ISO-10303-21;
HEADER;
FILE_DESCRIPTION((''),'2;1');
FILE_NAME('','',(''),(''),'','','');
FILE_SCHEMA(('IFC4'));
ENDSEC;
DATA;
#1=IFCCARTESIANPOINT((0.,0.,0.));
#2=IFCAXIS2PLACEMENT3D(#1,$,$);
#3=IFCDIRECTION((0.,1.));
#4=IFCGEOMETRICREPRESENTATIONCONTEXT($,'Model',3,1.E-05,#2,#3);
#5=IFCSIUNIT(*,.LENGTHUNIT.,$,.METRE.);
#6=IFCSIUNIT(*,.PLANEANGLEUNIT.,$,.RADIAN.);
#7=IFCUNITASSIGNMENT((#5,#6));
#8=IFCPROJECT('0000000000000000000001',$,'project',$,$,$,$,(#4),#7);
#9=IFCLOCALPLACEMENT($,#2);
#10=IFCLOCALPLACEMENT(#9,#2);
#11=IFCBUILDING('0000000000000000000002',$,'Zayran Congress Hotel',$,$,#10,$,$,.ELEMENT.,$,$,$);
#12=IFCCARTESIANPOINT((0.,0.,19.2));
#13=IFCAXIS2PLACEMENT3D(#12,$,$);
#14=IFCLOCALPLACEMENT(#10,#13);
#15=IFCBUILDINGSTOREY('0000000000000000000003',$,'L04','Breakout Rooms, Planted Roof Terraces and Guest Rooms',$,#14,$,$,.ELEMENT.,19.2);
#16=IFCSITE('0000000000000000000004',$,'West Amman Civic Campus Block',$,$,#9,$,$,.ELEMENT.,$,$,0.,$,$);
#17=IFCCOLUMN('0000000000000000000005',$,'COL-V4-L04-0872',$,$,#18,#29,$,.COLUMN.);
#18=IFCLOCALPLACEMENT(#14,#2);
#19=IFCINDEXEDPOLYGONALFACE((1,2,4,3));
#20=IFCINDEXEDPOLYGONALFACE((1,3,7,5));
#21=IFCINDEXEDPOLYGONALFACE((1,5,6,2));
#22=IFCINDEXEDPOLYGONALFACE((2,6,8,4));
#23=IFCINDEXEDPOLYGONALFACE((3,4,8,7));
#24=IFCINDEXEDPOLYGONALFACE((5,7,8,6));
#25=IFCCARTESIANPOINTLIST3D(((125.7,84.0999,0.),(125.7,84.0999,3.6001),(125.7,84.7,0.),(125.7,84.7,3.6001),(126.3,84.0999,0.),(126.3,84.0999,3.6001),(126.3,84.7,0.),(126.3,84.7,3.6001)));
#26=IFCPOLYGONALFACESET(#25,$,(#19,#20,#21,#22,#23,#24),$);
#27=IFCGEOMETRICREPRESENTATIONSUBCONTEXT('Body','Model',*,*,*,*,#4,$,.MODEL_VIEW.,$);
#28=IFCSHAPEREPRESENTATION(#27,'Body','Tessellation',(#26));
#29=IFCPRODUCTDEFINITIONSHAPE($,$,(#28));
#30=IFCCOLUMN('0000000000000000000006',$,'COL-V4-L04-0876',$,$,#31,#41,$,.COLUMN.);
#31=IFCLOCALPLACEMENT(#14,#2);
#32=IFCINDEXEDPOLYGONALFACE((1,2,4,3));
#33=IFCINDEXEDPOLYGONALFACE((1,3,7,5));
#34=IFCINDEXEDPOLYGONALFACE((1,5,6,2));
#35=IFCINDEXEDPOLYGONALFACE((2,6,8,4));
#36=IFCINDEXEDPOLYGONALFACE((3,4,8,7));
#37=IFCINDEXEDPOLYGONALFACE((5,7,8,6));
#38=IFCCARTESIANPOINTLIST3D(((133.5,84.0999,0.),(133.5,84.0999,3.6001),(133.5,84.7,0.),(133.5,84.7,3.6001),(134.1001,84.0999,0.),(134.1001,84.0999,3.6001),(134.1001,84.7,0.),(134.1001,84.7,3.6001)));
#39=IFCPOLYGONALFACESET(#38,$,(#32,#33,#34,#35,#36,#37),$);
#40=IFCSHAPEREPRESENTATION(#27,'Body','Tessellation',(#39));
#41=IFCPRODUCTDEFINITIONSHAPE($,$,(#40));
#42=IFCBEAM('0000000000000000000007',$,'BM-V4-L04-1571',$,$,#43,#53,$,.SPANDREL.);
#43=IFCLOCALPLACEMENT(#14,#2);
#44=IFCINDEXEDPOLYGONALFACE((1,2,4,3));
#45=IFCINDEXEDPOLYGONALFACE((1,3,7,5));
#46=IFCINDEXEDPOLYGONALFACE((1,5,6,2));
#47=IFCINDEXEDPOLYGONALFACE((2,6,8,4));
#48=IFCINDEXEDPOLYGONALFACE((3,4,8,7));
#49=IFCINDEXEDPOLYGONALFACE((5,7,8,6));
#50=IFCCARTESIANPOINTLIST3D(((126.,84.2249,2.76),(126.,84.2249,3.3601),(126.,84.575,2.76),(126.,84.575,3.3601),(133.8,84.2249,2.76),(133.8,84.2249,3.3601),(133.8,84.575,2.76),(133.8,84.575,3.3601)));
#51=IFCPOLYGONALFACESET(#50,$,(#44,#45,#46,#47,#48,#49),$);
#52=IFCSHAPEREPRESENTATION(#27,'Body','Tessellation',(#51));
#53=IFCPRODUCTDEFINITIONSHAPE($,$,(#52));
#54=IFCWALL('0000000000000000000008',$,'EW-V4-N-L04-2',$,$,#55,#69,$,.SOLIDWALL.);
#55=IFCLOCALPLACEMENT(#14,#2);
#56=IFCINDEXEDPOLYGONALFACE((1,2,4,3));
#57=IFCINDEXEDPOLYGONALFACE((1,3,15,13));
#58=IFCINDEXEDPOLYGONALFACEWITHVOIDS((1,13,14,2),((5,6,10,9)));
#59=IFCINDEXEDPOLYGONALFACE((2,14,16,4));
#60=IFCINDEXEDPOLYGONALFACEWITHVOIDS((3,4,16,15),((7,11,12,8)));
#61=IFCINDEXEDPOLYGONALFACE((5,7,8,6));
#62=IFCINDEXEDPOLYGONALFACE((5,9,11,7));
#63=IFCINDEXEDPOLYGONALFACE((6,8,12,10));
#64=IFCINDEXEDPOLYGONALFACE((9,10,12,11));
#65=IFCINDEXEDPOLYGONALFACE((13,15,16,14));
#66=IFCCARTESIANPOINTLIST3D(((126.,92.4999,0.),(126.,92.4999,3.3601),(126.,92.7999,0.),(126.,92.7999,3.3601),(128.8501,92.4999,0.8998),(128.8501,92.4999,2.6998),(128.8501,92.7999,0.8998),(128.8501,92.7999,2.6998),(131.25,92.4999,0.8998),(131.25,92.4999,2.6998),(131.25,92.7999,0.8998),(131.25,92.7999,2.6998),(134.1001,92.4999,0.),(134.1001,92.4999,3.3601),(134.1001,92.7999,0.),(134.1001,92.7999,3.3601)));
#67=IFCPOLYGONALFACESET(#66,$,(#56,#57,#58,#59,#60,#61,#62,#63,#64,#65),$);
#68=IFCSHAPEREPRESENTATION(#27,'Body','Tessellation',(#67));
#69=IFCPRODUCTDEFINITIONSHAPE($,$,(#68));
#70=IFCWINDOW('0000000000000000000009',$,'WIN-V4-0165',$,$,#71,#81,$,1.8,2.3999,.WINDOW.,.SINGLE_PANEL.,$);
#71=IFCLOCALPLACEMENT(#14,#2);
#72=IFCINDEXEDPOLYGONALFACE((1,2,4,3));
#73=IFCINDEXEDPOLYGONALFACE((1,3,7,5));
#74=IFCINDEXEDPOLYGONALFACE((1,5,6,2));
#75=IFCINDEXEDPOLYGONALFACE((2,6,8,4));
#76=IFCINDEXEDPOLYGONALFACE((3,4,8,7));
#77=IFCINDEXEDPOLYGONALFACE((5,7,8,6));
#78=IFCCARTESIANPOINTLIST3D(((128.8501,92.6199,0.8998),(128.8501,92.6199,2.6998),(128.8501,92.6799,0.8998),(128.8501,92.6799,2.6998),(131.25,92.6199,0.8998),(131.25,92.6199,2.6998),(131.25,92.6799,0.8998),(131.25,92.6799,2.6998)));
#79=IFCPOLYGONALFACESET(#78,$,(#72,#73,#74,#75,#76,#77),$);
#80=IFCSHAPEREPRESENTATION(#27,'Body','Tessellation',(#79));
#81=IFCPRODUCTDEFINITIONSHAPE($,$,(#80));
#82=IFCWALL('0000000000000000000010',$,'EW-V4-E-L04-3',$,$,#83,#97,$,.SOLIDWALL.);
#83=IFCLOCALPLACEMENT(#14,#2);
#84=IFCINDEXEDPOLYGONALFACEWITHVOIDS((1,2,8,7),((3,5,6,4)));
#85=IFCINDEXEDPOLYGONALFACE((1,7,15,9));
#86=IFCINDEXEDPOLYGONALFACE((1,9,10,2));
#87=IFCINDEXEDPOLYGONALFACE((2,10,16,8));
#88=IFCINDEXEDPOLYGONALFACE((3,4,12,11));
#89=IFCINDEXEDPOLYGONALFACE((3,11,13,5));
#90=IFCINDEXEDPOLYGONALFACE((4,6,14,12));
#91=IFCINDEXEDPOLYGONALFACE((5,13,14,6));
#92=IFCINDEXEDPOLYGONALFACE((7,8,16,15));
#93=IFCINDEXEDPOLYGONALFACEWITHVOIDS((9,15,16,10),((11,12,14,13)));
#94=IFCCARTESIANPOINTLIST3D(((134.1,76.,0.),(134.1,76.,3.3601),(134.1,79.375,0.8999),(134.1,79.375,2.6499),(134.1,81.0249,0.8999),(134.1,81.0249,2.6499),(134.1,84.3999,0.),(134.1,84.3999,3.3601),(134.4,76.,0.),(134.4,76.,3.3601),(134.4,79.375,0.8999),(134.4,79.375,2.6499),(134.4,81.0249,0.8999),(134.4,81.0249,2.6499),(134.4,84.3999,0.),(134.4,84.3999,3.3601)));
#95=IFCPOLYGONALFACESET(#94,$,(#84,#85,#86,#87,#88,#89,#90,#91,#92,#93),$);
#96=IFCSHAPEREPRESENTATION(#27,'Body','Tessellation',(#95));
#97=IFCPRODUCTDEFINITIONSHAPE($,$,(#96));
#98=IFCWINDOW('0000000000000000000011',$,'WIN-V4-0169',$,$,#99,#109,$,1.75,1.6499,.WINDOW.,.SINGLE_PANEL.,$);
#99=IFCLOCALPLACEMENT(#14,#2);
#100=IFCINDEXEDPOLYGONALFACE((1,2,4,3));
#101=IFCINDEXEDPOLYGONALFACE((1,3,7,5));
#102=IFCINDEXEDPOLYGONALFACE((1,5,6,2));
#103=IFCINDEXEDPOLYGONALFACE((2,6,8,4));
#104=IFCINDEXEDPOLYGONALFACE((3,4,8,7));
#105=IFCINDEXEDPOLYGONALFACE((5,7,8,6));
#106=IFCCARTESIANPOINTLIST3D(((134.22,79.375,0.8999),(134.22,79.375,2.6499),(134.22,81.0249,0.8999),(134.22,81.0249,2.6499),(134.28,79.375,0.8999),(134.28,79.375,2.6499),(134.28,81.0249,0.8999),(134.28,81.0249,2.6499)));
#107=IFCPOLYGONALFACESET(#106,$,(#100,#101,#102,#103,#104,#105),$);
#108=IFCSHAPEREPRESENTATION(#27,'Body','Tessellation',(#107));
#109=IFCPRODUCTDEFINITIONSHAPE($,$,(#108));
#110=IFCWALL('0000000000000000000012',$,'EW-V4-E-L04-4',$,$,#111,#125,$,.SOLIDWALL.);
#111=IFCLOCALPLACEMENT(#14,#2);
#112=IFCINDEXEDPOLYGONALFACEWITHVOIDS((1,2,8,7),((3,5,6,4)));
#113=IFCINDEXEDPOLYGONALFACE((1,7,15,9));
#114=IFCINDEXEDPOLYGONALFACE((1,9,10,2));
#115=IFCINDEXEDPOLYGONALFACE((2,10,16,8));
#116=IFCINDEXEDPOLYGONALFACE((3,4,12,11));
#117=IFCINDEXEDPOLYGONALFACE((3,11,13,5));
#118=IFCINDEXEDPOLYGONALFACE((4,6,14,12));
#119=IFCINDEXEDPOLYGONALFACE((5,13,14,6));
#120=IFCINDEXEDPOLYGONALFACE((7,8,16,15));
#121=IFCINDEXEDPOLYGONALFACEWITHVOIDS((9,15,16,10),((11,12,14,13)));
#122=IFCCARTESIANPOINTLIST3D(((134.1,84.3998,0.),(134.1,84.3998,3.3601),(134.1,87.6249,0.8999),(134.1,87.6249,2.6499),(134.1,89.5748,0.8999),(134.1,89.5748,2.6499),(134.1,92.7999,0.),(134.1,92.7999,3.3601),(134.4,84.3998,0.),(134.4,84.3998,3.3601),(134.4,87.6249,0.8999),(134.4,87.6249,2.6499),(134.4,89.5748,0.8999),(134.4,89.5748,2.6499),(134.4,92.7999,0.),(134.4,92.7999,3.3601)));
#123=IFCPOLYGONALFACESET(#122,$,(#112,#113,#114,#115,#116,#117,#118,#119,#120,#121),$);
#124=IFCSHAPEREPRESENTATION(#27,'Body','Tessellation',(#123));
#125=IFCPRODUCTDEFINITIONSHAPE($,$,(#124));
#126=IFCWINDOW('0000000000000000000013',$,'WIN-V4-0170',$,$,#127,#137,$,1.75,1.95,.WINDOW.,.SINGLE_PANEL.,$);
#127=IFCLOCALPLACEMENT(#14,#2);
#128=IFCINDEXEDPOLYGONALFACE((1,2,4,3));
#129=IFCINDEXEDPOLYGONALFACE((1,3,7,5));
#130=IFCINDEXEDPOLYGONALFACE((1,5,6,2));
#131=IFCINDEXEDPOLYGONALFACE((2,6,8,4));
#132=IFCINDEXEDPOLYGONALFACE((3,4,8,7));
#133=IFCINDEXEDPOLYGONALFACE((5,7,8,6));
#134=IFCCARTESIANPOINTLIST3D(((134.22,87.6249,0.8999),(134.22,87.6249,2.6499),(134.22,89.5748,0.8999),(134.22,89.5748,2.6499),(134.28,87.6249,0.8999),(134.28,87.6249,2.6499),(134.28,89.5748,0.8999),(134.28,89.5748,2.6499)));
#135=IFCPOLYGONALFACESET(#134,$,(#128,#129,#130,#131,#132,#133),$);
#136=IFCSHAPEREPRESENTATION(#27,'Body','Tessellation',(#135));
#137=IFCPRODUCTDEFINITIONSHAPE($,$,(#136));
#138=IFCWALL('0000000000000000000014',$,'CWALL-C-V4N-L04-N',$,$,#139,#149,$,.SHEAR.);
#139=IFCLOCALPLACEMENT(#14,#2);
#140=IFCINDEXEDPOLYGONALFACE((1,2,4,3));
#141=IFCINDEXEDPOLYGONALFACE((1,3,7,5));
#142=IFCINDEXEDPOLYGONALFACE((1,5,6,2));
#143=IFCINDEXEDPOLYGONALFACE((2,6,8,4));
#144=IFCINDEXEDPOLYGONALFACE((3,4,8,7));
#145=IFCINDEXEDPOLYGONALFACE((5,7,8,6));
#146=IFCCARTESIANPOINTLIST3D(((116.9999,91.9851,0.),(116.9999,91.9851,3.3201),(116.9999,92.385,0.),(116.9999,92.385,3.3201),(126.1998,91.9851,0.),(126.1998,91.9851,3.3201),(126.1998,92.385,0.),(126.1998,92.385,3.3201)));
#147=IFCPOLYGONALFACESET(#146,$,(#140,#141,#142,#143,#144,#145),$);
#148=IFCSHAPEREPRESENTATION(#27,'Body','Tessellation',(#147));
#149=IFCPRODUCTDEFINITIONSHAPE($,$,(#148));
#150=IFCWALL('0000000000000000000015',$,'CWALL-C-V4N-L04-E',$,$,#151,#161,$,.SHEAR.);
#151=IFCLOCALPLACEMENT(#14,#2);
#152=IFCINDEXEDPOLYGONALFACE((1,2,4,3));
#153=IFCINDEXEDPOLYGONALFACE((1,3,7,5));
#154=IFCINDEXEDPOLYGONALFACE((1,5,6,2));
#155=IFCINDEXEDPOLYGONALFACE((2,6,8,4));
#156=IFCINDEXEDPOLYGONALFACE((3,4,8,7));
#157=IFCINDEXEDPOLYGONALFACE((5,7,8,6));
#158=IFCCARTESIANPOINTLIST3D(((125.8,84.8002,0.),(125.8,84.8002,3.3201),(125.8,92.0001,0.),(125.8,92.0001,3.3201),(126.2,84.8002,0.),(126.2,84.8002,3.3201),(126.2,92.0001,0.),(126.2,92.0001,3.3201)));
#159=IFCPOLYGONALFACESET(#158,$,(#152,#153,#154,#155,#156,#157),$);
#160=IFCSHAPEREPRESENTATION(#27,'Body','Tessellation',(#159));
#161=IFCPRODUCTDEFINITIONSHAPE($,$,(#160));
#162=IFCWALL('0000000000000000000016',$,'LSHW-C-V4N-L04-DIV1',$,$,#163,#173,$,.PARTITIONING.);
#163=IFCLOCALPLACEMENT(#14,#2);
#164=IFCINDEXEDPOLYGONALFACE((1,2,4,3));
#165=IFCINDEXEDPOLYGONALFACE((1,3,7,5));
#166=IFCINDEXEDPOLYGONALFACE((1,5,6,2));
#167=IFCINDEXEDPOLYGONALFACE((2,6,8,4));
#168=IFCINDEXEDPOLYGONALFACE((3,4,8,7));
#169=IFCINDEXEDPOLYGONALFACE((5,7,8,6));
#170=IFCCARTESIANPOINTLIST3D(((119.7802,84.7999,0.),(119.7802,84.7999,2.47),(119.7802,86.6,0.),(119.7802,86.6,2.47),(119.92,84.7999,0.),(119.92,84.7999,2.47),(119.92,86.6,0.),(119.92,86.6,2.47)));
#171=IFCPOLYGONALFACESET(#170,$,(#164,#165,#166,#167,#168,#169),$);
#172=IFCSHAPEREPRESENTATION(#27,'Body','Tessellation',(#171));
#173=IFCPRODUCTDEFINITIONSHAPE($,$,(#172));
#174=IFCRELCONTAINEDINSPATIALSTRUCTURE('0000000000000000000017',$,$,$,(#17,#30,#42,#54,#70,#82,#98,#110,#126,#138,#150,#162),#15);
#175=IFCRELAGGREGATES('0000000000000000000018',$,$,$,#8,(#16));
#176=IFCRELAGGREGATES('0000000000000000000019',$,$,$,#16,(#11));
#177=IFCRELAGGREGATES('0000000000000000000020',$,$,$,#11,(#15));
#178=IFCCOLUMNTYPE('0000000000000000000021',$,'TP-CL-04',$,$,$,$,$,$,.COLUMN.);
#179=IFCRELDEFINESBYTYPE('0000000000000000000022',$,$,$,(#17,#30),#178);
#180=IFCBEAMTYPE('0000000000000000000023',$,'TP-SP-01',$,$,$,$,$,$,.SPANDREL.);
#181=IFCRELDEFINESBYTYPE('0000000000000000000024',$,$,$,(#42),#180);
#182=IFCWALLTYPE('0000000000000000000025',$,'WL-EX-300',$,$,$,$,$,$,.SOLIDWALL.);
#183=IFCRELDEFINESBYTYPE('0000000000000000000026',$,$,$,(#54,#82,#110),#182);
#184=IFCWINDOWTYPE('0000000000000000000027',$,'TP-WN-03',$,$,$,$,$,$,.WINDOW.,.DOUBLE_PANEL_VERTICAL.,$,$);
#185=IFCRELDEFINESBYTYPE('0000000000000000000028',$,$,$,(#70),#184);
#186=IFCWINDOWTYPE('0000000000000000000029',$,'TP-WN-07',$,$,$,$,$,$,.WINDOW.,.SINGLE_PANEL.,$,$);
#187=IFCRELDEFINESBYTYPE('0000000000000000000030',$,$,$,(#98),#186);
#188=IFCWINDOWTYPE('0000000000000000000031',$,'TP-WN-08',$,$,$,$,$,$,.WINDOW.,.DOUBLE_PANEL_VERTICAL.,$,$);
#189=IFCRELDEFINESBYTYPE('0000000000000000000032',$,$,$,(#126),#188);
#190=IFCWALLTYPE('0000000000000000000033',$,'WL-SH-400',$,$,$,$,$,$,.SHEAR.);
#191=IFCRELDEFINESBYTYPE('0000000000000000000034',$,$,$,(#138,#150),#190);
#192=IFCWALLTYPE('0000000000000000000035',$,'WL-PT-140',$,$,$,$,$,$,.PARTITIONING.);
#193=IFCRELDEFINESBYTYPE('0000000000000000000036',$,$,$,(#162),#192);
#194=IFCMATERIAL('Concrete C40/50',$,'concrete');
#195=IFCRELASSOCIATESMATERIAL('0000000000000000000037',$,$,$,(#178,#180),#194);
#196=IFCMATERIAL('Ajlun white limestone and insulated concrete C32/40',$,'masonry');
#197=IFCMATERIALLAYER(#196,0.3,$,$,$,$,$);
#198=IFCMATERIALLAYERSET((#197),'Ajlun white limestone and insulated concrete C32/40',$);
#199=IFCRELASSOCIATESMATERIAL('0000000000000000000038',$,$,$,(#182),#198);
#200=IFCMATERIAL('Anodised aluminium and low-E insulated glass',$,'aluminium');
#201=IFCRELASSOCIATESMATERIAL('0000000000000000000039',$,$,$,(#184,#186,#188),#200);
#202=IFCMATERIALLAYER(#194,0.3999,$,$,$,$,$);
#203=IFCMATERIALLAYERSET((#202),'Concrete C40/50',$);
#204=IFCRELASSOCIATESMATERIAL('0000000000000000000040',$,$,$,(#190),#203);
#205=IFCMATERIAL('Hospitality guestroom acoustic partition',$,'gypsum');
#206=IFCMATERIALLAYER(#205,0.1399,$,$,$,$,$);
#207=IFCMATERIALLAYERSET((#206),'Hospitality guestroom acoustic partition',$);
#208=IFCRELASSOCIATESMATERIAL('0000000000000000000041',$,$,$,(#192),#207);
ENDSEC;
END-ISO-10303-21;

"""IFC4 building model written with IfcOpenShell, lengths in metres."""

from ifc_helpers import new_model, si_unit, direction, frame, frame_2d, origin, origin_2d, place, context, subcontext, project, spatial, rectangle, extrude, material, layer, layer_set, material_profile, profile_set, type_object, element, fill, save


model = new_model("IFC4")

# Units and contexts
model_context = context("Model", 3, precision=1e-05, world=origin(), true_north=direction((0.0, 1.0)))
body_context = subcontext(model_context, "Body", "Model", "MODEL_VIEW")
ifc_project = project(units=[si_unit("LENGTHUNIT", "METRE"), si_unit("PLANEANGLEUNIT", "RADIAN")], contexts=[model_context])

# Site, building, storey
site_placement = place(None, origin())
site = spatial("IfcSite", under=ifc_project, at=site_placement, Name="West Amman Civic Campus Block", CompositionType="ELEMENT", RefElevation=0.0)
building_placement = place(site_placement, origin())
building = spatial("IfcBuilding", under=site, at=building_placement, Name="Zayran Congress Hotel", CompositionType="ELEMENT")
storey_placement = place(building_placement, frame((0.0, 0.0, 19.2)))
storey = spatial("IfcBuildingStorey", under=building, at=storey_placement, Name="L04", Description="Breakout Rooms, Planted Roof Terraces and Guest Rooms", CompositionType="ELEMENT", Elevation=19.2)

# Columns
ifc_material_1 = material(Name="Concrete C40/50", Category="concrete")
ifc_material_profile_1 = material_profile(ifc_material_1, rectangle(XDim=0.6001, YDim=0.6001, at=origin_2d()), Name="RC 600x600")
ifc_profile_set_1 = profile_set([ifc_material_profile_1], Name="Concrete C40/50")
column_type = type_object("IfcColumnType", Name="TP-CL-04", PredefinedType="COLUMN", material=ifc_profile_set_1)
for number, where, z_axis, x_axis, name in (
    (1, (126.0, 84.3999, 0.0), (0.0, 0.0, 1.0), (1.0, 0.0, 0.0), "COL-V4-L04-0872"),
    (2, (133.8, 84.3999, 0.0), (0.0, 0.0, 1.0), (1.0, 0.0, 0.0), "COL-V4-L04-0876"),
):
    element("IfcColumn", number, at=place(storey_placement, frame(where, z_axis=z_axis, x_axis=x_axis)), inside=storey, type_object=column_type, Name=name, PredefinedType="COLUMN", context=body_context, shape_type="SweptSolid", body=[
        extrude(rectangle(XDim=0.6001, YDim=0.6001, at=origin_2d()), origin(), (0.0, 0.0, 1.0), 3.6001),
    ])

# Beam
ifc_material_profile_2 = material_profile(ifc_material_1, rectangle(XDim=0.3501, YDim=0.6001, at=origin_2d()), Name="RC 350x600")
ifc_profile_set_2 = profile_set([ifc_material_profile_2], Name="Concrete C40/50")
beam_type = type_object("IfcBeamType", Name="TP-SP-01", PredefinedType="SPANDREL", material=ifc_profile_set_2)
beam_placement = place(storey_placement, frame((126.0, 84.3999, 3.0601), z_axis=(1.0, 0.0, 0.0), x_axis=(0.0, 1.0, 0.0)))
element("IfcBeam", 3, at=beam_placement, inside=storey, type_object=beam_type, Name="BM-V4-L04-1571", PredefinedType="SPANDREL", context=body_context, shape_type="SweptSolid", body=[
    extrude(rectangle(XDim=0.3501, YDim=0.6001, at=origin_2d()), origin(), (0.0, 0.0, 1.0), 7.8),
])

# Walls, openings, windows
ifc_material_2 = material(Name="Ajlun white limestone and insulated concrete C32/40", Category="masonry")
ifc_layer_1 = layer(ifc_material_2, 0.3)
ifc_layer_set_1 = layer_set([ifc_layer_1], Name="Ajlun white limestone and insulated concrete C32/40")
wall_type_1 = type_object("IfcWallType", Name="WL-EX-300", PredefinedType="SOLIDWALL", material=ifc_layer_set_1)
wall_1_placement = place(storey_placement, frame((126.0, 92.6499, 0.0), z_axis=(0.0, 0.0, 1.0), x_axis=(1.0, 0.0, 0.0)))
wall_1 = element("IfcWall", 4, at=wall_1_placement, inside=storey, type_object=wall_type_1, Name="EW-V4-N-L04-2", PredefinedType="SOLIDWALL", context=body_context, shape_type="SweptSolid", body=[
    extrude(rectangle(XDim=8.1001, YDim=0.3, at=frame_2d((4.05, 0.0))), origin(), (0.0, 0.0, 1.0), 3.3601),
])
opening_1_placement = place(wall_1_placement, frame((2.8501, 0.0, 0.8999)))
opening_1 = element("IfcOpeningElement", 5, at=opening_1_placement, cuts=wall_1, PredefinedType="OPENING", context=body_context, shape_type="SweptSolid", body=[
    extrude(rectangle(XDim=2.3999, YDim=1.8, at=frame_2d((1.2, 0.8999))), frame((0.0, 0.1599, 0.0), z_axis=(0.0, -1.0, 0.0), x_axis=(1.0, 0.0, 0.0)), (0.0, 0.0, 1.0), 0.3201),
])
ifc_material_3 = material(Name="Anodised aluminium and low-E insulated glass", Category="aluminium")
window_type_1 = type_object("IfcWindowType", Name="TP-WN-03", PartitioningType="DOUBLE_PANEL_VERTICAL", PredefinedType="WINDOW", material=ifc_material_3)
window_1_placement = place(opening_1_placement, origin())
window_1 = element("IfcWindow", 6, at=window_1_placement, inside=storey, type_object=window_type_1, Name="WIN-V4-0165", OverallHeight=1.8, OverallWidth=2.3999, PartitioningType="SINGLE_PANEL", PredefinedType="WINDOW", context=body_context, shape_type="SweptSolid", body=[
    extrude(rectangle(XDim=2.3999, YDim=1.8, at=frame_2d((1.2, 0.8999))), frame((0.0, 0.03, 0.0), z_axis=(0.0, -1.0, 0.0), x_axis=(1.0, 0.0, 0.0)), (0.0, 0.0, 1.0), 0.0601),
])
fill(opening_1, window_1)
wall_2_placement = place(storey_placement, frame((134.25, 84.3999, 0.0), z_axis=(0.0, 0.0, 1.0), x_axis=(0.0, -1.0, 0.0)))
wall_2 = element("IfcWall", 7, at=wall_2_placement, inside=storey, type_object=wall_type_1, Name="EW-V4-E-L04-3", PredefinedType="SOLIDWALL", context=body_context, shape_type="SweptSolid", body=[
    extrude(rectangle(XDim=8.3999, YDim=0.3, at=frame_2d((4.2, 0.0))), origin(), (0.0, 0.0, 1.0), 3.3601),
])
opening_2_placement = place(wall_2_placement, frame((3.375, 0.0, 0.8999)))
opening_2 = element("IfcOpeningElement", 8, at=opening_2_placement, cuts=wall_2, PredefinedType="OPENING", context=body_context, shape_type="SweptSolid", body=[
    extrude(rectangle(XDim=1.6499, YDim=1.75, at=frame_2d((0.825, 0.875))), frame((0.0, 0.1599, 0.0), z_axis=(0.0, -1.0, 0.0), x_axis=(1.0, 0.0, 0.0)), (0.0, 0.0, 1.0), 0.3201),
])
window_type_2 = type_object("IfcWindowType", Name="TP-WN-07", PartitioningType="SINGLE_PANEL", PredefinedType="WINDOW", material=ifc_material_3)
window_2_placement = place(opening_2_placement, origin())
window_2 = element("IfcWindow", 9, at=window_2_placement, inside=storey, type_object=window_type_2, Name="WIN-V4-0169", OverallHeight=1.75, OverallWidth=1.6499, PartitioningType="SINGLE_PANEL", PredefinedType="WINDOW", context=body_context, shape_type="SweptSolid", body=[
    extrude(rectangle(XDim=1.6499, YDim=1.75, at=frame_2d((0.825, 0.875))), frame((0.0, 0.03, 0.0), z_axis=(0.0, -1.0, 0.0), x_axis=(1.0, 0.0, 0.0)), (0.0, 0.0, 1.0), 0.0601),
])
fill(opening_2, window_2)
wall_3_placement = place(storey_placement, frame((134.25, 92.8, 0.0), z_axis=(0.0, 0.0, 1.0), x_axis=(0.0, -1.0, 0.0)))
wall_3 = element("IfcWall", 10, at=wall_3_placement, inside=storey, type_object=wall_type_1, Name="EW-V4-E-L04-4", PredefinedType="SOLIDWALL", context=body_context, shape_type="SweptSolid", body=[
    extrude(rectangle(XDim=8.4001, YDim=0.3, at=frame_2d((4.2002, 0.0))), origin(), (0.0, 0.0, 1.0), 3.3601),
])
opening_3_placement = place(wall_3_placement, frame((3.2251, 0.0, 0.8999)))
opening_3 = element("IfcOpeningElement", 11, at=opening_3_placement, cuts=wall_3, PredefinedType="OPENING", context=body_context, shape_type="SweptSolid", body=[
    extrude(rectangle(XDim=1.95, YDim=1.75, at=frame_2d((0.9751, 0.875))), frame((0.0, 0.1599, 0.0), z_axis=(0.0, -1.0, 0.0), x_axis=(1.0, 0.0, 0.0)), (0.0, 0.0, 1.0), 0.3201),
])
window_type_3 = type_object("IfcWindowType", Name="TP-WN-08", PartitioningType="DOUBLE_PANEL_VERTICAL", PredefinedType="WINDOW", material=ifc_material_3)
window_3_placement = place(opening_3_placement, origin())
window_3 = element("IfcWindow", 12, at=window_3_placement, inside=storey, type_object=window_type_3, Name="WIN-V4-0170", OverallHeight=1.75, OverallWidth=1.95, PartitioningType="SINGLE_PANEL", PredefinedType="WINDOW", context=body_context, shape_type="SweptSolid", body=[
    extrude(rectangle(XDim=1.95, YDim=1.75, at=frame_2d((0.9751, 0.875))), frame((0.0, 0.03, 0.0), z_axis=(0.0, -1.0, 0.0), x_axis=(1.0, 0.0, 0.0)), (0.0, 0.0, 1.0), 0.0601),
])
fill(opening_3, window_3)

# Walls
ifc_layer_2 = layer(ifc_material_1, 0.3999)
ifc_layer_set_2 = layer_set([ifc_layer_2], Name="Concrete C40/50")
wall_type_2 = type_object("IfcWallType", Name="WL-SH-400", PredefinedType="SHEAR", material=ifc_layer_set_2)
wall_4_placement = place(storey_placement, frame((126.2, 92.1851, 0.0), z_axis=(0.0, 0.0, 1.0), x_axis=(-1.0, 0.0, 0.0)))
element("IfcWall", 13, at=wall_4_placement, inside=storey, type_object=wall_type_2, Name="CWALL-C-V4N-L04-N", PredefinedType="SHEAR", context=body_context, shape_type="SweptSolid", body=[
    extrude(rectangle(XDim=9.2, YDim=0.3999, at=frame_2d((4.6001, 0.0))), origin(), (0.0, 0.0, 1.0), 3.3201),
])
wall_5_placement = place(storey_placement, frame((126.0, 84.8, 0.0), z_axis=(0.0, 0.0, 1.0), x_axis=(0.0, 1.0, 0.0)))
element("IfcWall", 14, at=wall_5_placement, inside=storey, type_object=wall_type_2, Name="CWALL-C-V4N-L04-E", PredefinedType="SHEAR", context=body_context, shape_type="SweptSolid", body=[
    extrude(rectangle(XDim=7.2, YDim=0.3999, at=frame_2d((3.6001, 0.0))), origin(), (0.0, 0.0, 1.0), 3.3201),
])
ifc_material_4 = material(Name="Hospitality guestroom acoustic partition", Category="gypsum")
ifc_layer_3 = layer(ifc_material_4, 0.1399)
ifc_layer_set_3 = layer_set([ifc_layer_3], Name="Hospitality guestroom acoustic partition")
wall_type_3 = type_object("IfcWallType", Name="WL-PT-140", PredefinedType="PARTITIONING", material=ifc_layer_set_3)
for number, where, z_axis, x_axis, name in (
    (15, (119.8501, 84.8, 0.0), (0.0, 0.0, 1.0), (0.0, 1.0, 0.0), "LSHW-C-V4N-L04-DIV1"),
):
    element("IfcWall", number, at=place(storey_placement, frame(where, z_axis=z_axis, x_axis=x_axis)), inside=storey, type_object=wall_type_3, Name=name, PredefinedType="PARTITIONING", context=body_context, shape_type="SweptSolid", body=[
        extrude(rectangle(XDim=1.8, YDim=0.1399, at=frame_2d((0.8999, 0.0))), origin(), (0.0, 0.0, 1.0), 2.47),
    ])

save(model, "model.ifc")
